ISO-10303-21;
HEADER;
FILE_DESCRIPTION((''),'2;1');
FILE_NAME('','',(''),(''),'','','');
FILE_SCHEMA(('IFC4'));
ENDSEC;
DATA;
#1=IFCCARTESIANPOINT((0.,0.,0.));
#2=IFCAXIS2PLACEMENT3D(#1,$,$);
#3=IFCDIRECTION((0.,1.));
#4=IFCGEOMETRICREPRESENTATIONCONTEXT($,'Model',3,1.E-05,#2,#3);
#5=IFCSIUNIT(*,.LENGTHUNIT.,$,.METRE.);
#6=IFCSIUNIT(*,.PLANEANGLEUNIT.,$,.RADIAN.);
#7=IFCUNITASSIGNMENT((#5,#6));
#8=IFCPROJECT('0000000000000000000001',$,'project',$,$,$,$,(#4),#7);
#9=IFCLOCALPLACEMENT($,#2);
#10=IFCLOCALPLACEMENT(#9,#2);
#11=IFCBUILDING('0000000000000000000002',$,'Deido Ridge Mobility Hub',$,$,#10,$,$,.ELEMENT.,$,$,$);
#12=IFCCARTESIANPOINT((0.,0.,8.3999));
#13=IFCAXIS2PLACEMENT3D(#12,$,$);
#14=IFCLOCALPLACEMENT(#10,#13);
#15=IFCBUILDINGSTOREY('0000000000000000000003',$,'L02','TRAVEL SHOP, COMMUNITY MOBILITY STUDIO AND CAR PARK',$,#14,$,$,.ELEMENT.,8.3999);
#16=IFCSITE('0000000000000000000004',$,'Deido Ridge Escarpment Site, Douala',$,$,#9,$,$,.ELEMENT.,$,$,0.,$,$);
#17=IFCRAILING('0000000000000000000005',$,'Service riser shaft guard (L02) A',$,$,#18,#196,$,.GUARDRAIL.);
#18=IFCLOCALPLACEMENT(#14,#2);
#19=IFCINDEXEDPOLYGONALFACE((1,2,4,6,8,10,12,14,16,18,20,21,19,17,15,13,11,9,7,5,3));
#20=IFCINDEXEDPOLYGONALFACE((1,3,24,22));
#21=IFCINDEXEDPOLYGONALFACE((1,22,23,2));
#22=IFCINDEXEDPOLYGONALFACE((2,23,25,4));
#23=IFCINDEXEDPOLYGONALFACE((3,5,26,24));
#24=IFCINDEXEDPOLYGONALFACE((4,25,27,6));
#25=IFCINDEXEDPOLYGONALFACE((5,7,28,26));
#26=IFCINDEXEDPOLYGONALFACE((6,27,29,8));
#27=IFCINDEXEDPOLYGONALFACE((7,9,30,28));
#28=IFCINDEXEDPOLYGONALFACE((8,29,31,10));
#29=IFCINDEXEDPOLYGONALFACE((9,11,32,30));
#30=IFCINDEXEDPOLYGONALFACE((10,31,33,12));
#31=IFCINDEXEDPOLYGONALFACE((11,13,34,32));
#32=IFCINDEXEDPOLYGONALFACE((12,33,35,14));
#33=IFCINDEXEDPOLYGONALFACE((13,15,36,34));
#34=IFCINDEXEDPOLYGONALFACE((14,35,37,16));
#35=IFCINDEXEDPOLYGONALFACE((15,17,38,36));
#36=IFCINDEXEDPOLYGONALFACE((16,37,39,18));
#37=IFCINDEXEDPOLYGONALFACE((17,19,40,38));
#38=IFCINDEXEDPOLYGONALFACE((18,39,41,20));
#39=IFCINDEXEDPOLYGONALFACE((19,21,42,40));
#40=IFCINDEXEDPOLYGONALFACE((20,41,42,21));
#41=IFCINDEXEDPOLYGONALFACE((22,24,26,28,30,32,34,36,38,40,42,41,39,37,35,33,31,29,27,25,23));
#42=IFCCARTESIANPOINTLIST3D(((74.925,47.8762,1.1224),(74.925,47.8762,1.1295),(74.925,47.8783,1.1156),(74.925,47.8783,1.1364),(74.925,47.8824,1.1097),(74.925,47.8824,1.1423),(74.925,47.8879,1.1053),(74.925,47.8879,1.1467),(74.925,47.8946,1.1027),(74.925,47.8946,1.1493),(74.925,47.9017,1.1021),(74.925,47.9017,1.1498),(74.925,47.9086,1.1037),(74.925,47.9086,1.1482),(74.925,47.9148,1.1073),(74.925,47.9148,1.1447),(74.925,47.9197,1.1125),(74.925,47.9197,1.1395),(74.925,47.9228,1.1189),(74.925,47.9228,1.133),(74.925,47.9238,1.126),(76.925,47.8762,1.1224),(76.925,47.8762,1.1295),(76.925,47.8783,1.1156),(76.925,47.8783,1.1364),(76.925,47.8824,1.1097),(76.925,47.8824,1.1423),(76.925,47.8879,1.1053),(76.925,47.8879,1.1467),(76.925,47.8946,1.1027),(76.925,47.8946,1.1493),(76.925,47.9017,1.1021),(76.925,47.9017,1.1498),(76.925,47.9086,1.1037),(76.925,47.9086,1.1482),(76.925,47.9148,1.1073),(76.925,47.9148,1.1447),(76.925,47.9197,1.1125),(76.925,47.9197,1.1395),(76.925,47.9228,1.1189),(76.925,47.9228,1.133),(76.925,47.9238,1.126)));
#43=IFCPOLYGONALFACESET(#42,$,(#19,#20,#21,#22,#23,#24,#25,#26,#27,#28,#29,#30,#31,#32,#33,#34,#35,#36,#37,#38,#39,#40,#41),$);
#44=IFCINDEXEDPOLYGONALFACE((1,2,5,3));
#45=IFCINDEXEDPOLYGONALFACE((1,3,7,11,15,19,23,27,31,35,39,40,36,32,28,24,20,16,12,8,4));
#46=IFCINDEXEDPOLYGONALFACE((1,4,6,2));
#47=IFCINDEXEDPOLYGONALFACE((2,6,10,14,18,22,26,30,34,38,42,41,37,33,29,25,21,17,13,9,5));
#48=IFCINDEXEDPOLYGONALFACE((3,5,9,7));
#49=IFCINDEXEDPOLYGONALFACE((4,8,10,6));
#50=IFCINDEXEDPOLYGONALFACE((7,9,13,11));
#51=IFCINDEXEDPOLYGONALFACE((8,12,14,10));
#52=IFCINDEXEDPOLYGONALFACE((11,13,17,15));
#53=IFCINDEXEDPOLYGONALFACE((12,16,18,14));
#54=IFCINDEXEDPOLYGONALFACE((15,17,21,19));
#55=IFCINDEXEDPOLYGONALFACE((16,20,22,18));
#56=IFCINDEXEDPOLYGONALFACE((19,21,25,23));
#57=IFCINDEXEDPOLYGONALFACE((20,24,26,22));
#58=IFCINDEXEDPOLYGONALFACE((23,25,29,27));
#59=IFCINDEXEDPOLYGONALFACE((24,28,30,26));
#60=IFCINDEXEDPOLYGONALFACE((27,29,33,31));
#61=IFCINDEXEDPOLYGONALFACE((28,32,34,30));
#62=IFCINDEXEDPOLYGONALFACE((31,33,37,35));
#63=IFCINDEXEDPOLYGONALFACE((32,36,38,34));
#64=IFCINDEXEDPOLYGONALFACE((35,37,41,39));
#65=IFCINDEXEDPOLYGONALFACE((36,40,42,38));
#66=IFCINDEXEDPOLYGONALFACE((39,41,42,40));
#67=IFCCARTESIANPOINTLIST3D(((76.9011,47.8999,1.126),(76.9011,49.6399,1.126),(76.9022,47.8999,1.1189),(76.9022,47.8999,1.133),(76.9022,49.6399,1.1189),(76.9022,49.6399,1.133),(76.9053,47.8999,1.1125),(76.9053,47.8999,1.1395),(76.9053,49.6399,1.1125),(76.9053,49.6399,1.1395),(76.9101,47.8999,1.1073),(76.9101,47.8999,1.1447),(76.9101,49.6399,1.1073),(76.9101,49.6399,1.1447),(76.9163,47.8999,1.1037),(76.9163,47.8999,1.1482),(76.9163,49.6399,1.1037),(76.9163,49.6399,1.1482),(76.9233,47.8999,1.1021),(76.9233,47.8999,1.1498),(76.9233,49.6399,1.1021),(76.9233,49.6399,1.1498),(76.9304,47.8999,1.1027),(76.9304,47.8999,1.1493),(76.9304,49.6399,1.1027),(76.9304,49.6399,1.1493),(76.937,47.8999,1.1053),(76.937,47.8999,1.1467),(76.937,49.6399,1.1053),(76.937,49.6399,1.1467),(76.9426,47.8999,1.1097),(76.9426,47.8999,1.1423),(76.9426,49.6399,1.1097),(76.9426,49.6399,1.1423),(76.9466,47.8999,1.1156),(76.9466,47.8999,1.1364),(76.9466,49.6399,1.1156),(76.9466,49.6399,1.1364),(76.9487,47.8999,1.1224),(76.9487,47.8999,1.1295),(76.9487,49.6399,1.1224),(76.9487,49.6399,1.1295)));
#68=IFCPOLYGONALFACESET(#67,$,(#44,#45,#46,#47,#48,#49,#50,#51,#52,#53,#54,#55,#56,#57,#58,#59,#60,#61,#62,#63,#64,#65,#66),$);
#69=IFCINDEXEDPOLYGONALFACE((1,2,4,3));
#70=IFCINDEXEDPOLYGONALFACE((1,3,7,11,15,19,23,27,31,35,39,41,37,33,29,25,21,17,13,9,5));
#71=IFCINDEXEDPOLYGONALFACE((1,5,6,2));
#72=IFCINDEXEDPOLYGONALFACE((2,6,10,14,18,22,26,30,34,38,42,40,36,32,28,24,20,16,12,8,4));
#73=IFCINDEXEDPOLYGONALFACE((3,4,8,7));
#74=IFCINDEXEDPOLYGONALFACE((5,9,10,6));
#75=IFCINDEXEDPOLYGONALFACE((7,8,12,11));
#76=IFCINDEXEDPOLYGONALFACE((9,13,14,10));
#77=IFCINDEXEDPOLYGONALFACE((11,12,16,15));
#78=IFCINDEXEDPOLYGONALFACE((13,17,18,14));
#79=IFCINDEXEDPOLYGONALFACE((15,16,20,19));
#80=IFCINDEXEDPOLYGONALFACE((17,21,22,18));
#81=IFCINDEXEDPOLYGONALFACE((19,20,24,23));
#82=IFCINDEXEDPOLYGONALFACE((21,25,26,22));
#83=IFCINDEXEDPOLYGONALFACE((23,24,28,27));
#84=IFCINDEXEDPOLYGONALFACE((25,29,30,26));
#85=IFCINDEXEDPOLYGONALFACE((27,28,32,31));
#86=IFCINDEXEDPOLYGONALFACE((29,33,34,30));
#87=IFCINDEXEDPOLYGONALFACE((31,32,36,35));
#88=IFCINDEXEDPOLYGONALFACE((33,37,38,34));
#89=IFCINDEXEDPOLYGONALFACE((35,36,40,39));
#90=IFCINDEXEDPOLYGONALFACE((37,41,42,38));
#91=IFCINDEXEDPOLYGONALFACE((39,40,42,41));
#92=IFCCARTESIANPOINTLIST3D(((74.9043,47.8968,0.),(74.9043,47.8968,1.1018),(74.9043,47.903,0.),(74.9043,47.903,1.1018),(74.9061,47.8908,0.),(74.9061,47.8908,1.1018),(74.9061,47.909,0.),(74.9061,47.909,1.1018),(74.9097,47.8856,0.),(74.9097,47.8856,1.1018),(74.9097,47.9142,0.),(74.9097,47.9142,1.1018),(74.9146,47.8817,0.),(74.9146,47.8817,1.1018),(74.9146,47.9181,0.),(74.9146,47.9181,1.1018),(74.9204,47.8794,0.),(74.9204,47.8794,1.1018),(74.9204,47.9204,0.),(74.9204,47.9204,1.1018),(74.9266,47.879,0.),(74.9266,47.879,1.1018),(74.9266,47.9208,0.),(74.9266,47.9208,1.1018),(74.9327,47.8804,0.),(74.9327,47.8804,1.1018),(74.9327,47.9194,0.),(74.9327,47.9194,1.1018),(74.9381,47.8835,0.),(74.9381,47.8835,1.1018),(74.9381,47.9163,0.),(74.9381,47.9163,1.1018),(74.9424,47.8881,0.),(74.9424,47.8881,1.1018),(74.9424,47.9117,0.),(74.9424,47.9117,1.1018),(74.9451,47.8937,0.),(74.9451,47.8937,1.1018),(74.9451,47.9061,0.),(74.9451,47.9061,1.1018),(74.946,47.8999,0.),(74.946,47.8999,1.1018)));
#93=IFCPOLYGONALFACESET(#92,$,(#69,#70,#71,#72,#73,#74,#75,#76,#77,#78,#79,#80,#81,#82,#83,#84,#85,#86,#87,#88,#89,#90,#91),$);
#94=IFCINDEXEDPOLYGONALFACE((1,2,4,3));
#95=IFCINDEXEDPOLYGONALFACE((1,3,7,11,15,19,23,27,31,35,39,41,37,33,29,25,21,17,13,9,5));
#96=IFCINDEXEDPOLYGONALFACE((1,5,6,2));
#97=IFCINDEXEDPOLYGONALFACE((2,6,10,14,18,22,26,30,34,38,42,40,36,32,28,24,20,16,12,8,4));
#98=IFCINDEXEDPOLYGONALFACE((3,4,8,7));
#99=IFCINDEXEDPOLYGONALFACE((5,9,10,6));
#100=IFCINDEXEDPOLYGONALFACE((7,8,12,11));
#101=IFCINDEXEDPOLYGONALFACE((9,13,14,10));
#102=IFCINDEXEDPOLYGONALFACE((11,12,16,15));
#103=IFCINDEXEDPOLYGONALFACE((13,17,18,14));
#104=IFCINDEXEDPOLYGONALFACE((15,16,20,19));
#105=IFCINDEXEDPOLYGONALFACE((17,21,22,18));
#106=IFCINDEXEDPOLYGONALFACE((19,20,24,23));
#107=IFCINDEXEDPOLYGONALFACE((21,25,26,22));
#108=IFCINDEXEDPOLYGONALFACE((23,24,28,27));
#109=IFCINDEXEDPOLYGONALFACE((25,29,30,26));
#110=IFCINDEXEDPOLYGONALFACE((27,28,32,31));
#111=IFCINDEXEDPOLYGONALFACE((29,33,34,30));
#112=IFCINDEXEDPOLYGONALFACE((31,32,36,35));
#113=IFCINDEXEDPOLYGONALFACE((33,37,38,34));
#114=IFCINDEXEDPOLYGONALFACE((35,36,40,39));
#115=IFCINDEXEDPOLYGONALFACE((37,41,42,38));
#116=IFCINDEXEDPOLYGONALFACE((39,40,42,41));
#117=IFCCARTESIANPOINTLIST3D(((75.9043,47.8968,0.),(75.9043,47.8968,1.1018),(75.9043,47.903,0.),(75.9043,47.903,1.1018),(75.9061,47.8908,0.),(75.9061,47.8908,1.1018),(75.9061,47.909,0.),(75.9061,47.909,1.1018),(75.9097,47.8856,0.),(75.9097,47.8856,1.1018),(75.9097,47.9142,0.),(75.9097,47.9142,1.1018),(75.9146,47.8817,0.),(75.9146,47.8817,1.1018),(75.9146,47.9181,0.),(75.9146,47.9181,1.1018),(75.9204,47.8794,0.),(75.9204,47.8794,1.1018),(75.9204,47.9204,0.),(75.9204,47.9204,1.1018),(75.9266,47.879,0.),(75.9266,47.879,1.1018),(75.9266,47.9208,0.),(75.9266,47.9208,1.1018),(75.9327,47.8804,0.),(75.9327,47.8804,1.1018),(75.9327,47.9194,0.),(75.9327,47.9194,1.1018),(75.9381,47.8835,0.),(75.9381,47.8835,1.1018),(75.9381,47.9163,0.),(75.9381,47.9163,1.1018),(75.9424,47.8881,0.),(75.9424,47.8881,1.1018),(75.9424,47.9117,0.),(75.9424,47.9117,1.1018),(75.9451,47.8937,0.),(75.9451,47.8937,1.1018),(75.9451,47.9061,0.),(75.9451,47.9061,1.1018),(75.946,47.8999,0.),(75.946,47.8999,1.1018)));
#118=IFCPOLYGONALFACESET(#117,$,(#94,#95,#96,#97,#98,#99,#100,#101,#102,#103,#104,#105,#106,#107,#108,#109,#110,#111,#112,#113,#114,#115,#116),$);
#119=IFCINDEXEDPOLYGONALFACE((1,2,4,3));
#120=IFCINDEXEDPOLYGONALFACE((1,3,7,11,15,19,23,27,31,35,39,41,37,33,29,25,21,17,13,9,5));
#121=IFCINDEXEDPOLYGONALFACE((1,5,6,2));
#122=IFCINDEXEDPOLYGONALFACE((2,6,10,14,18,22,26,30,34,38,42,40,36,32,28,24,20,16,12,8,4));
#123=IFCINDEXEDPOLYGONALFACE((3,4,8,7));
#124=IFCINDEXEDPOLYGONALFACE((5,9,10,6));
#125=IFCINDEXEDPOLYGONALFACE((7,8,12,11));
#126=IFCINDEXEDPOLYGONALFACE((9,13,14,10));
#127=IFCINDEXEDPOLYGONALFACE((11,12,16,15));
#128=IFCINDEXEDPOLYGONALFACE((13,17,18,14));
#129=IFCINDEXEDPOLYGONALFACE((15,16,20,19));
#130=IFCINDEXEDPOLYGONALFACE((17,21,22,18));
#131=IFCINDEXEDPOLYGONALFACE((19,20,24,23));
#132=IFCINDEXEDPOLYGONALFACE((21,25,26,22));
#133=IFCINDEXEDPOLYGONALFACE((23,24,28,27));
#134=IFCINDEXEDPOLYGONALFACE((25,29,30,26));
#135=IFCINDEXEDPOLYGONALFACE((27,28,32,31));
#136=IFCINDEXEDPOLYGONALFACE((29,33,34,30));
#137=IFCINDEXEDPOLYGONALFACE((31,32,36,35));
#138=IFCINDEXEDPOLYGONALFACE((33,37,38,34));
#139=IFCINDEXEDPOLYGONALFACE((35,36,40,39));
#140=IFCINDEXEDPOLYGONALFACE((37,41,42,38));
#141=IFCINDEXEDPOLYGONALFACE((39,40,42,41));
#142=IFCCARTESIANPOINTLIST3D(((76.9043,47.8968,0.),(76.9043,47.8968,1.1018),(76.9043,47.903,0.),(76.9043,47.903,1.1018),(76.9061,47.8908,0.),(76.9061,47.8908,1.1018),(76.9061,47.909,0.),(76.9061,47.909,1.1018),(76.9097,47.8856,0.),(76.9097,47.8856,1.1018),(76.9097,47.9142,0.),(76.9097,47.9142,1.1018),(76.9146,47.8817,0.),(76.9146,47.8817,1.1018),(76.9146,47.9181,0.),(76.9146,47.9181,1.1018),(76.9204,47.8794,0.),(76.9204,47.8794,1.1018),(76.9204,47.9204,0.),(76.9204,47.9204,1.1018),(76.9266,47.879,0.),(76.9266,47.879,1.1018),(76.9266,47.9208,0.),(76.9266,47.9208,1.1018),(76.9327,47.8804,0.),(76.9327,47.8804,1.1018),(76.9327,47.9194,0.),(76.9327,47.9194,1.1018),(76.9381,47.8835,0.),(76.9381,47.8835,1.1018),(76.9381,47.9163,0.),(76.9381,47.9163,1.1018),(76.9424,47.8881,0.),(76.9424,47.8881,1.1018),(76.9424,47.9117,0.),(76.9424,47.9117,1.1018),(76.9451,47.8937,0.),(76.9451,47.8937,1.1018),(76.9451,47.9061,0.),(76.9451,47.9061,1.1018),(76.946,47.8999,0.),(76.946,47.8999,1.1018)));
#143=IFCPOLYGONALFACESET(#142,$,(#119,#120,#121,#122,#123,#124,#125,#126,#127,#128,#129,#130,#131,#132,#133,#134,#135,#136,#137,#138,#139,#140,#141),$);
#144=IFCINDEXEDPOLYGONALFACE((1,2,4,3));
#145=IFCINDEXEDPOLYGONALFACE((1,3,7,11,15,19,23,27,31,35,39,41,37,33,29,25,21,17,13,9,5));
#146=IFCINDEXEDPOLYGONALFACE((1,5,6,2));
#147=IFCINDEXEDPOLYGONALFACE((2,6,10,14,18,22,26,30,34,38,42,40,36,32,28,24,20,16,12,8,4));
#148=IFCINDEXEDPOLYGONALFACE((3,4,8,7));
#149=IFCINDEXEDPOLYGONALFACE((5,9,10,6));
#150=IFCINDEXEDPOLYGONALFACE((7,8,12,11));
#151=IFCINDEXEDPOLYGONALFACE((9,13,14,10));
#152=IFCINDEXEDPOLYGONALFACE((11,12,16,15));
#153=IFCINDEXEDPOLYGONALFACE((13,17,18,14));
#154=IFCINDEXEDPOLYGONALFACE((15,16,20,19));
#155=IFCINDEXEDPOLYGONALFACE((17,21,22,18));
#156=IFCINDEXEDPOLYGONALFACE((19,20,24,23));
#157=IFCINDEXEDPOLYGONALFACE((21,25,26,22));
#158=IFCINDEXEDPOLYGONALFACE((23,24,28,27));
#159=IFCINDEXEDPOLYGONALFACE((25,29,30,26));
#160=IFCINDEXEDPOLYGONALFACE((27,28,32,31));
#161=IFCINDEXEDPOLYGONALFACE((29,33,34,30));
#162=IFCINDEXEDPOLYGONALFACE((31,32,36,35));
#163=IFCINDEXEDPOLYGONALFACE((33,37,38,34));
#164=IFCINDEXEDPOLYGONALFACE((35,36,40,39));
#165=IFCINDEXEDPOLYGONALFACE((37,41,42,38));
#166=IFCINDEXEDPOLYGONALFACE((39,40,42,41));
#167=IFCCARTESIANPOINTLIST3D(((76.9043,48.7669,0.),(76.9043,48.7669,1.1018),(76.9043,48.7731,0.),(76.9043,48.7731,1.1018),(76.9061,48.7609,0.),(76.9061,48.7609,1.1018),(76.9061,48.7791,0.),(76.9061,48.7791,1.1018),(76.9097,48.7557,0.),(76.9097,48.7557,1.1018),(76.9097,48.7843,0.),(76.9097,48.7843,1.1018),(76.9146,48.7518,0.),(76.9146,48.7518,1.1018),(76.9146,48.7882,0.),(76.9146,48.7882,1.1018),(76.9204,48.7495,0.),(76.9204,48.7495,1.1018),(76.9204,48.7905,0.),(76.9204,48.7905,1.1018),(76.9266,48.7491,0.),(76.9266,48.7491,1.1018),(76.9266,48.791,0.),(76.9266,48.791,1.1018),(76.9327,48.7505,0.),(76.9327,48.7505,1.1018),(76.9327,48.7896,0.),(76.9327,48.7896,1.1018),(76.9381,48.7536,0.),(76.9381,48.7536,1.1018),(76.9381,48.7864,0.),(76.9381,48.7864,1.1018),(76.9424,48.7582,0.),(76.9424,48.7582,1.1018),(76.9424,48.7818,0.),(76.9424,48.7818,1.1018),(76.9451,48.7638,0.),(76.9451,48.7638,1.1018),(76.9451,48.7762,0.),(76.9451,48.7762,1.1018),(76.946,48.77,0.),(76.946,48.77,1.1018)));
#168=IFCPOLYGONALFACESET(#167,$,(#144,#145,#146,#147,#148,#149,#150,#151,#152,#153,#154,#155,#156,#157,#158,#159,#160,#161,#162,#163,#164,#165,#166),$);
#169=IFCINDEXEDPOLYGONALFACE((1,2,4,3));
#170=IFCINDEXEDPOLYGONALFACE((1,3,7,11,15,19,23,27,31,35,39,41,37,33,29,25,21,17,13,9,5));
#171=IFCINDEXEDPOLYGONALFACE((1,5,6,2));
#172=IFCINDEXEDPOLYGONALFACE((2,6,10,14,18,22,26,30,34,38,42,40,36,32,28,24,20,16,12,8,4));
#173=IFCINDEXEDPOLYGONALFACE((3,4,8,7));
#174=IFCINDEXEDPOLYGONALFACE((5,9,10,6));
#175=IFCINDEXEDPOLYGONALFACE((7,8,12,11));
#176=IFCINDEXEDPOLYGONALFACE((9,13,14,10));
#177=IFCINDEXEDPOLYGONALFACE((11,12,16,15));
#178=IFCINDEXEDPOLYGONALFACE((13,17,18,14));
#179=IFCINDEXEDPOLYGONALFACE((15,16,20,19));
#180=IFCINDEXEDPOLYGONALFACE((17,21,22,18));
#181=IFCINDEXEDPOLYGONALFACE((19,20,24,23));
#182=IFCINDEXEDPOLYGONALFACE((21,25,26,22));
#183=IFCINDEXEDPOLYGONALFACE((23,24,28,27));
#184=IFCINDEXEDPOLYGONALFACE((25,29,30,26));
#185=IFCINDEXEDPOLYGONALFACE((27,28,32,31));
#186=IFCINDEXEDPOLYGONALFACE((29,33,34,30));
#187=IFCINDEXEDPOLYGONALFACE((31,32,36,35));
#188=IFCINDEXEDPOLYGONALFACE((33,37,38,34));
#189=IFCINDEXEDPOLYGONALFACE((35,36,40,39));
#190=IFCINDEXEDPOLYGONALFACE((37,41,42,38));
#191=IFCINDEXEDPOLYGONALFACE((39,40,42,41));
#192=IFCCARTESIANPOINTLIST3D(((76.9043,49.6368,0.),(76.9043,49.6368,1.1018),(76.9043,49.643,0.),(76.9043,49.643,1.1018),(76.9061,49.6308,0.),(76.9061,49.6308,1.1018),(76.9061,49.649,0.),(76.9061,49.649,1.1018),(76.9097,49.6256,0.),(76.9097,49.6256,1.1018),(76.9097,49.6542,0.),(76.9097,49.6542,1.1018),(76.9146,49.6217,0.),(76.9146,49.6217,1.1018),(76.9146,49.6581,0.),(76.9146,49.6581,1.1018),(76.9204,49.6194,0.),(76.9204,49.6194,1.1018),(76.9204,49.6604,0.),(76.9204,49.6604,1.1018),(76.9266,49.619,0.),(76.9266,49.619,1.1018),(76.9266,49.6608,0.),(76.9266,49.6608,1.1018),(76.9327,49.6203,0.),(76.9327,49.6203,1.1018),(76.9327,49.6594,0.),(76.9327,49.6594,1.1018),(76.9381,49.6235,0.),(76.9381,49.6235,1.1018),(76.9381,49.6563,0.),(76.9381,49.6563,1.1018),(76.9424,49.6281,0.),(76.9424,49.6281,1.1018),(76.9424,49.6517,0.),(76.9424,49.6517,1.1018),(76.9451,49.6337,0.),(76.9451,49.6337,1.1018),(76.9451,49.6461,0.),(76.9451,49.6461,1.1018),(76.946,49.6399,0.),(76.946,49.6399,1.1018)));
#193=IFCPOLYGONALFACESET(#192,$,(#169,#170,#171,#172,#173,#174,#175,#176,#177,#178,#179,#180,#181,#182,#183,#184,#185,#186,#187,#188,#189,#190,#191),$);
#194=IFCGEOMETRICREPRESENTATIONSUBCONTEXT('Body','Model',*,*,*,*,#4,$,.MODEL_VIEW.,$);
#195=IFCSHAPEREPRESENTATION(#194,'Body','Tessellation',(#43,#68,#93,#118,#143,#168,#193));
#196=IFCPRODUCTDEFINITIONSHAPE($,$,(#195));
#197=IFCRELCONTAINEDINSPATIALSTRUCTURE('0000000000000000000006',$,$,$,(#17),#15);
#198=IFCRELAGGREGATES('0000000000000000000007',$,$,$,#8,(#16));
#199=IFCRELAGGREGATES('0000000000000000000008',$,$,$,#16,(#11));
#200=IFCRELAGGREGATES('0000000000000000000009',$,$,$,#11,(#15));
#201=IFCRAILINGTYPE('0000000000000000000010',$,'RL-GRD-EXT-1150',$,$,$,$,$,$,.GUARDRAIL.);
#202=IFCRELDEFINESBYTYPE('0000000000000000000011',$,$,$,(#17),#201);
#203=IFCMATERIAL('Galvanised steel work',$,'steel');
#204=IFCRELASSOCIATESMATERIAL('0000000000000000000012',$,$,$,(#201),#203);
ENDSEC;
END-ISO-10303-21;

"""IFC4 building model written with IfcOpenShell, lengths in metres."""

from ifc_helpers import new_model, si_unit, direction, frame, origin, origin_2d, place, context, subcontext, project, spatial, circle, extrude, material, type_object, element, save


model = new_model("IFC4")

# Units and contexts
model_context = context("Model", 3, precision=1e-05, world=origin(), true_north=direction((0.0, 1.0)))
body_context = subcontext(model_context, "Body", "Model", "MODEL_VIEW")
ifc_project = project(units=[si_unit("LENGTHUNIT", "METRE"), si_unit("PLANEANGLEUNIT", "RADIAN")], contexts=[model_context])

# Site, building, storey
site_placement = place(None, origin())
site = spatial("IfcSite", under=ifc_project, at=site_placement, Name="Deido Ridge Escarpment Site, Douala", CompositionType="ELEMENT", RefElevation=0.0)
building_placement = place(site_placement, origin())
building = spatial("IfcBuilding", under=site, at=building_placement, Name="Deido Ridge Mobility Hub", CompositionType="ELEMENT")
storey_placement = place(building_placement, frame((0.0, 0.0, 8.3999)))
storey = spatial("IfcBuildingStorey", under=building, at=storey_placement, Name="L02", Description="TRAVEL SHOP, COMMUNITY MOBILITY STUDIO AND CAR PARK", CompositionType="ELEMENT", Elevation=8.3999)

# Railing
ifc_material_1 = material(Name="Galvanised steel work", Category="steel")
railing_type = type_object("IfcRailingType", Name="RL-GRD-EXT-1150", PredefinedType="GUARDRAIL", material=ifc_material_1)
railing_1_placement = place(storey_placement, frame((74.925, 47.8999, 0.0)))
element("IfcRailing", 1, at=railing_1_placement, inside=storey, type_object=railing_type, Name="Service riser shaft guard (L02) A", PredefinedType="GUARDRAIL", context=body_context, shape_type="SweptSolid", body=[
    extrude(circle(Radius=0.0239, at=origin_2d()), frame((0.0, 0.0, 1.126), z_axis=(1.0, 0.0, 0.0), x_axis=(0.0, 1.0, 0.0)), (0.0, 0.0, 1.0), 2.0),
    extrude(circle(Radius=0.0239, at=origin_2d()), frame((2.0, 0.0, 1.126), z_axis=(0.0, 1.0, 0.0), x_axis=(-1.0, 0.0, 0.0)), (0.0, 0.0, 1.0), 1.74),
    extrude(circle(Radius=0.021, at=origin_2d()), origin(), (0.0, 0.0, 1.0), 1.1018),
    extrude(circle(Radius=0.021, at=origin_2d()), frame((1.0, 0.0, 0.0)), (0.0, 0.0, 1.0), 1.1018),
    extrude(circle(Radius=0.021, at=origin_2d()), frame((2.0, 0.0, 0.0)), (0.0, 0.0, 1.0), 1.1018),
    extrude(circle(Radius=0.021, at=origin_2d()), frame((2.0, 0.8701, 0.0)), (0.0, 0.0, 1.0), 1.1018),
    extrude(circle(Radius=0.021, at=origin_2d()), frame((2.0, 1.74, 0.0)), (0.0, 0.0, 1.0), 1.1018),
])

save(model, "model.ifc")
